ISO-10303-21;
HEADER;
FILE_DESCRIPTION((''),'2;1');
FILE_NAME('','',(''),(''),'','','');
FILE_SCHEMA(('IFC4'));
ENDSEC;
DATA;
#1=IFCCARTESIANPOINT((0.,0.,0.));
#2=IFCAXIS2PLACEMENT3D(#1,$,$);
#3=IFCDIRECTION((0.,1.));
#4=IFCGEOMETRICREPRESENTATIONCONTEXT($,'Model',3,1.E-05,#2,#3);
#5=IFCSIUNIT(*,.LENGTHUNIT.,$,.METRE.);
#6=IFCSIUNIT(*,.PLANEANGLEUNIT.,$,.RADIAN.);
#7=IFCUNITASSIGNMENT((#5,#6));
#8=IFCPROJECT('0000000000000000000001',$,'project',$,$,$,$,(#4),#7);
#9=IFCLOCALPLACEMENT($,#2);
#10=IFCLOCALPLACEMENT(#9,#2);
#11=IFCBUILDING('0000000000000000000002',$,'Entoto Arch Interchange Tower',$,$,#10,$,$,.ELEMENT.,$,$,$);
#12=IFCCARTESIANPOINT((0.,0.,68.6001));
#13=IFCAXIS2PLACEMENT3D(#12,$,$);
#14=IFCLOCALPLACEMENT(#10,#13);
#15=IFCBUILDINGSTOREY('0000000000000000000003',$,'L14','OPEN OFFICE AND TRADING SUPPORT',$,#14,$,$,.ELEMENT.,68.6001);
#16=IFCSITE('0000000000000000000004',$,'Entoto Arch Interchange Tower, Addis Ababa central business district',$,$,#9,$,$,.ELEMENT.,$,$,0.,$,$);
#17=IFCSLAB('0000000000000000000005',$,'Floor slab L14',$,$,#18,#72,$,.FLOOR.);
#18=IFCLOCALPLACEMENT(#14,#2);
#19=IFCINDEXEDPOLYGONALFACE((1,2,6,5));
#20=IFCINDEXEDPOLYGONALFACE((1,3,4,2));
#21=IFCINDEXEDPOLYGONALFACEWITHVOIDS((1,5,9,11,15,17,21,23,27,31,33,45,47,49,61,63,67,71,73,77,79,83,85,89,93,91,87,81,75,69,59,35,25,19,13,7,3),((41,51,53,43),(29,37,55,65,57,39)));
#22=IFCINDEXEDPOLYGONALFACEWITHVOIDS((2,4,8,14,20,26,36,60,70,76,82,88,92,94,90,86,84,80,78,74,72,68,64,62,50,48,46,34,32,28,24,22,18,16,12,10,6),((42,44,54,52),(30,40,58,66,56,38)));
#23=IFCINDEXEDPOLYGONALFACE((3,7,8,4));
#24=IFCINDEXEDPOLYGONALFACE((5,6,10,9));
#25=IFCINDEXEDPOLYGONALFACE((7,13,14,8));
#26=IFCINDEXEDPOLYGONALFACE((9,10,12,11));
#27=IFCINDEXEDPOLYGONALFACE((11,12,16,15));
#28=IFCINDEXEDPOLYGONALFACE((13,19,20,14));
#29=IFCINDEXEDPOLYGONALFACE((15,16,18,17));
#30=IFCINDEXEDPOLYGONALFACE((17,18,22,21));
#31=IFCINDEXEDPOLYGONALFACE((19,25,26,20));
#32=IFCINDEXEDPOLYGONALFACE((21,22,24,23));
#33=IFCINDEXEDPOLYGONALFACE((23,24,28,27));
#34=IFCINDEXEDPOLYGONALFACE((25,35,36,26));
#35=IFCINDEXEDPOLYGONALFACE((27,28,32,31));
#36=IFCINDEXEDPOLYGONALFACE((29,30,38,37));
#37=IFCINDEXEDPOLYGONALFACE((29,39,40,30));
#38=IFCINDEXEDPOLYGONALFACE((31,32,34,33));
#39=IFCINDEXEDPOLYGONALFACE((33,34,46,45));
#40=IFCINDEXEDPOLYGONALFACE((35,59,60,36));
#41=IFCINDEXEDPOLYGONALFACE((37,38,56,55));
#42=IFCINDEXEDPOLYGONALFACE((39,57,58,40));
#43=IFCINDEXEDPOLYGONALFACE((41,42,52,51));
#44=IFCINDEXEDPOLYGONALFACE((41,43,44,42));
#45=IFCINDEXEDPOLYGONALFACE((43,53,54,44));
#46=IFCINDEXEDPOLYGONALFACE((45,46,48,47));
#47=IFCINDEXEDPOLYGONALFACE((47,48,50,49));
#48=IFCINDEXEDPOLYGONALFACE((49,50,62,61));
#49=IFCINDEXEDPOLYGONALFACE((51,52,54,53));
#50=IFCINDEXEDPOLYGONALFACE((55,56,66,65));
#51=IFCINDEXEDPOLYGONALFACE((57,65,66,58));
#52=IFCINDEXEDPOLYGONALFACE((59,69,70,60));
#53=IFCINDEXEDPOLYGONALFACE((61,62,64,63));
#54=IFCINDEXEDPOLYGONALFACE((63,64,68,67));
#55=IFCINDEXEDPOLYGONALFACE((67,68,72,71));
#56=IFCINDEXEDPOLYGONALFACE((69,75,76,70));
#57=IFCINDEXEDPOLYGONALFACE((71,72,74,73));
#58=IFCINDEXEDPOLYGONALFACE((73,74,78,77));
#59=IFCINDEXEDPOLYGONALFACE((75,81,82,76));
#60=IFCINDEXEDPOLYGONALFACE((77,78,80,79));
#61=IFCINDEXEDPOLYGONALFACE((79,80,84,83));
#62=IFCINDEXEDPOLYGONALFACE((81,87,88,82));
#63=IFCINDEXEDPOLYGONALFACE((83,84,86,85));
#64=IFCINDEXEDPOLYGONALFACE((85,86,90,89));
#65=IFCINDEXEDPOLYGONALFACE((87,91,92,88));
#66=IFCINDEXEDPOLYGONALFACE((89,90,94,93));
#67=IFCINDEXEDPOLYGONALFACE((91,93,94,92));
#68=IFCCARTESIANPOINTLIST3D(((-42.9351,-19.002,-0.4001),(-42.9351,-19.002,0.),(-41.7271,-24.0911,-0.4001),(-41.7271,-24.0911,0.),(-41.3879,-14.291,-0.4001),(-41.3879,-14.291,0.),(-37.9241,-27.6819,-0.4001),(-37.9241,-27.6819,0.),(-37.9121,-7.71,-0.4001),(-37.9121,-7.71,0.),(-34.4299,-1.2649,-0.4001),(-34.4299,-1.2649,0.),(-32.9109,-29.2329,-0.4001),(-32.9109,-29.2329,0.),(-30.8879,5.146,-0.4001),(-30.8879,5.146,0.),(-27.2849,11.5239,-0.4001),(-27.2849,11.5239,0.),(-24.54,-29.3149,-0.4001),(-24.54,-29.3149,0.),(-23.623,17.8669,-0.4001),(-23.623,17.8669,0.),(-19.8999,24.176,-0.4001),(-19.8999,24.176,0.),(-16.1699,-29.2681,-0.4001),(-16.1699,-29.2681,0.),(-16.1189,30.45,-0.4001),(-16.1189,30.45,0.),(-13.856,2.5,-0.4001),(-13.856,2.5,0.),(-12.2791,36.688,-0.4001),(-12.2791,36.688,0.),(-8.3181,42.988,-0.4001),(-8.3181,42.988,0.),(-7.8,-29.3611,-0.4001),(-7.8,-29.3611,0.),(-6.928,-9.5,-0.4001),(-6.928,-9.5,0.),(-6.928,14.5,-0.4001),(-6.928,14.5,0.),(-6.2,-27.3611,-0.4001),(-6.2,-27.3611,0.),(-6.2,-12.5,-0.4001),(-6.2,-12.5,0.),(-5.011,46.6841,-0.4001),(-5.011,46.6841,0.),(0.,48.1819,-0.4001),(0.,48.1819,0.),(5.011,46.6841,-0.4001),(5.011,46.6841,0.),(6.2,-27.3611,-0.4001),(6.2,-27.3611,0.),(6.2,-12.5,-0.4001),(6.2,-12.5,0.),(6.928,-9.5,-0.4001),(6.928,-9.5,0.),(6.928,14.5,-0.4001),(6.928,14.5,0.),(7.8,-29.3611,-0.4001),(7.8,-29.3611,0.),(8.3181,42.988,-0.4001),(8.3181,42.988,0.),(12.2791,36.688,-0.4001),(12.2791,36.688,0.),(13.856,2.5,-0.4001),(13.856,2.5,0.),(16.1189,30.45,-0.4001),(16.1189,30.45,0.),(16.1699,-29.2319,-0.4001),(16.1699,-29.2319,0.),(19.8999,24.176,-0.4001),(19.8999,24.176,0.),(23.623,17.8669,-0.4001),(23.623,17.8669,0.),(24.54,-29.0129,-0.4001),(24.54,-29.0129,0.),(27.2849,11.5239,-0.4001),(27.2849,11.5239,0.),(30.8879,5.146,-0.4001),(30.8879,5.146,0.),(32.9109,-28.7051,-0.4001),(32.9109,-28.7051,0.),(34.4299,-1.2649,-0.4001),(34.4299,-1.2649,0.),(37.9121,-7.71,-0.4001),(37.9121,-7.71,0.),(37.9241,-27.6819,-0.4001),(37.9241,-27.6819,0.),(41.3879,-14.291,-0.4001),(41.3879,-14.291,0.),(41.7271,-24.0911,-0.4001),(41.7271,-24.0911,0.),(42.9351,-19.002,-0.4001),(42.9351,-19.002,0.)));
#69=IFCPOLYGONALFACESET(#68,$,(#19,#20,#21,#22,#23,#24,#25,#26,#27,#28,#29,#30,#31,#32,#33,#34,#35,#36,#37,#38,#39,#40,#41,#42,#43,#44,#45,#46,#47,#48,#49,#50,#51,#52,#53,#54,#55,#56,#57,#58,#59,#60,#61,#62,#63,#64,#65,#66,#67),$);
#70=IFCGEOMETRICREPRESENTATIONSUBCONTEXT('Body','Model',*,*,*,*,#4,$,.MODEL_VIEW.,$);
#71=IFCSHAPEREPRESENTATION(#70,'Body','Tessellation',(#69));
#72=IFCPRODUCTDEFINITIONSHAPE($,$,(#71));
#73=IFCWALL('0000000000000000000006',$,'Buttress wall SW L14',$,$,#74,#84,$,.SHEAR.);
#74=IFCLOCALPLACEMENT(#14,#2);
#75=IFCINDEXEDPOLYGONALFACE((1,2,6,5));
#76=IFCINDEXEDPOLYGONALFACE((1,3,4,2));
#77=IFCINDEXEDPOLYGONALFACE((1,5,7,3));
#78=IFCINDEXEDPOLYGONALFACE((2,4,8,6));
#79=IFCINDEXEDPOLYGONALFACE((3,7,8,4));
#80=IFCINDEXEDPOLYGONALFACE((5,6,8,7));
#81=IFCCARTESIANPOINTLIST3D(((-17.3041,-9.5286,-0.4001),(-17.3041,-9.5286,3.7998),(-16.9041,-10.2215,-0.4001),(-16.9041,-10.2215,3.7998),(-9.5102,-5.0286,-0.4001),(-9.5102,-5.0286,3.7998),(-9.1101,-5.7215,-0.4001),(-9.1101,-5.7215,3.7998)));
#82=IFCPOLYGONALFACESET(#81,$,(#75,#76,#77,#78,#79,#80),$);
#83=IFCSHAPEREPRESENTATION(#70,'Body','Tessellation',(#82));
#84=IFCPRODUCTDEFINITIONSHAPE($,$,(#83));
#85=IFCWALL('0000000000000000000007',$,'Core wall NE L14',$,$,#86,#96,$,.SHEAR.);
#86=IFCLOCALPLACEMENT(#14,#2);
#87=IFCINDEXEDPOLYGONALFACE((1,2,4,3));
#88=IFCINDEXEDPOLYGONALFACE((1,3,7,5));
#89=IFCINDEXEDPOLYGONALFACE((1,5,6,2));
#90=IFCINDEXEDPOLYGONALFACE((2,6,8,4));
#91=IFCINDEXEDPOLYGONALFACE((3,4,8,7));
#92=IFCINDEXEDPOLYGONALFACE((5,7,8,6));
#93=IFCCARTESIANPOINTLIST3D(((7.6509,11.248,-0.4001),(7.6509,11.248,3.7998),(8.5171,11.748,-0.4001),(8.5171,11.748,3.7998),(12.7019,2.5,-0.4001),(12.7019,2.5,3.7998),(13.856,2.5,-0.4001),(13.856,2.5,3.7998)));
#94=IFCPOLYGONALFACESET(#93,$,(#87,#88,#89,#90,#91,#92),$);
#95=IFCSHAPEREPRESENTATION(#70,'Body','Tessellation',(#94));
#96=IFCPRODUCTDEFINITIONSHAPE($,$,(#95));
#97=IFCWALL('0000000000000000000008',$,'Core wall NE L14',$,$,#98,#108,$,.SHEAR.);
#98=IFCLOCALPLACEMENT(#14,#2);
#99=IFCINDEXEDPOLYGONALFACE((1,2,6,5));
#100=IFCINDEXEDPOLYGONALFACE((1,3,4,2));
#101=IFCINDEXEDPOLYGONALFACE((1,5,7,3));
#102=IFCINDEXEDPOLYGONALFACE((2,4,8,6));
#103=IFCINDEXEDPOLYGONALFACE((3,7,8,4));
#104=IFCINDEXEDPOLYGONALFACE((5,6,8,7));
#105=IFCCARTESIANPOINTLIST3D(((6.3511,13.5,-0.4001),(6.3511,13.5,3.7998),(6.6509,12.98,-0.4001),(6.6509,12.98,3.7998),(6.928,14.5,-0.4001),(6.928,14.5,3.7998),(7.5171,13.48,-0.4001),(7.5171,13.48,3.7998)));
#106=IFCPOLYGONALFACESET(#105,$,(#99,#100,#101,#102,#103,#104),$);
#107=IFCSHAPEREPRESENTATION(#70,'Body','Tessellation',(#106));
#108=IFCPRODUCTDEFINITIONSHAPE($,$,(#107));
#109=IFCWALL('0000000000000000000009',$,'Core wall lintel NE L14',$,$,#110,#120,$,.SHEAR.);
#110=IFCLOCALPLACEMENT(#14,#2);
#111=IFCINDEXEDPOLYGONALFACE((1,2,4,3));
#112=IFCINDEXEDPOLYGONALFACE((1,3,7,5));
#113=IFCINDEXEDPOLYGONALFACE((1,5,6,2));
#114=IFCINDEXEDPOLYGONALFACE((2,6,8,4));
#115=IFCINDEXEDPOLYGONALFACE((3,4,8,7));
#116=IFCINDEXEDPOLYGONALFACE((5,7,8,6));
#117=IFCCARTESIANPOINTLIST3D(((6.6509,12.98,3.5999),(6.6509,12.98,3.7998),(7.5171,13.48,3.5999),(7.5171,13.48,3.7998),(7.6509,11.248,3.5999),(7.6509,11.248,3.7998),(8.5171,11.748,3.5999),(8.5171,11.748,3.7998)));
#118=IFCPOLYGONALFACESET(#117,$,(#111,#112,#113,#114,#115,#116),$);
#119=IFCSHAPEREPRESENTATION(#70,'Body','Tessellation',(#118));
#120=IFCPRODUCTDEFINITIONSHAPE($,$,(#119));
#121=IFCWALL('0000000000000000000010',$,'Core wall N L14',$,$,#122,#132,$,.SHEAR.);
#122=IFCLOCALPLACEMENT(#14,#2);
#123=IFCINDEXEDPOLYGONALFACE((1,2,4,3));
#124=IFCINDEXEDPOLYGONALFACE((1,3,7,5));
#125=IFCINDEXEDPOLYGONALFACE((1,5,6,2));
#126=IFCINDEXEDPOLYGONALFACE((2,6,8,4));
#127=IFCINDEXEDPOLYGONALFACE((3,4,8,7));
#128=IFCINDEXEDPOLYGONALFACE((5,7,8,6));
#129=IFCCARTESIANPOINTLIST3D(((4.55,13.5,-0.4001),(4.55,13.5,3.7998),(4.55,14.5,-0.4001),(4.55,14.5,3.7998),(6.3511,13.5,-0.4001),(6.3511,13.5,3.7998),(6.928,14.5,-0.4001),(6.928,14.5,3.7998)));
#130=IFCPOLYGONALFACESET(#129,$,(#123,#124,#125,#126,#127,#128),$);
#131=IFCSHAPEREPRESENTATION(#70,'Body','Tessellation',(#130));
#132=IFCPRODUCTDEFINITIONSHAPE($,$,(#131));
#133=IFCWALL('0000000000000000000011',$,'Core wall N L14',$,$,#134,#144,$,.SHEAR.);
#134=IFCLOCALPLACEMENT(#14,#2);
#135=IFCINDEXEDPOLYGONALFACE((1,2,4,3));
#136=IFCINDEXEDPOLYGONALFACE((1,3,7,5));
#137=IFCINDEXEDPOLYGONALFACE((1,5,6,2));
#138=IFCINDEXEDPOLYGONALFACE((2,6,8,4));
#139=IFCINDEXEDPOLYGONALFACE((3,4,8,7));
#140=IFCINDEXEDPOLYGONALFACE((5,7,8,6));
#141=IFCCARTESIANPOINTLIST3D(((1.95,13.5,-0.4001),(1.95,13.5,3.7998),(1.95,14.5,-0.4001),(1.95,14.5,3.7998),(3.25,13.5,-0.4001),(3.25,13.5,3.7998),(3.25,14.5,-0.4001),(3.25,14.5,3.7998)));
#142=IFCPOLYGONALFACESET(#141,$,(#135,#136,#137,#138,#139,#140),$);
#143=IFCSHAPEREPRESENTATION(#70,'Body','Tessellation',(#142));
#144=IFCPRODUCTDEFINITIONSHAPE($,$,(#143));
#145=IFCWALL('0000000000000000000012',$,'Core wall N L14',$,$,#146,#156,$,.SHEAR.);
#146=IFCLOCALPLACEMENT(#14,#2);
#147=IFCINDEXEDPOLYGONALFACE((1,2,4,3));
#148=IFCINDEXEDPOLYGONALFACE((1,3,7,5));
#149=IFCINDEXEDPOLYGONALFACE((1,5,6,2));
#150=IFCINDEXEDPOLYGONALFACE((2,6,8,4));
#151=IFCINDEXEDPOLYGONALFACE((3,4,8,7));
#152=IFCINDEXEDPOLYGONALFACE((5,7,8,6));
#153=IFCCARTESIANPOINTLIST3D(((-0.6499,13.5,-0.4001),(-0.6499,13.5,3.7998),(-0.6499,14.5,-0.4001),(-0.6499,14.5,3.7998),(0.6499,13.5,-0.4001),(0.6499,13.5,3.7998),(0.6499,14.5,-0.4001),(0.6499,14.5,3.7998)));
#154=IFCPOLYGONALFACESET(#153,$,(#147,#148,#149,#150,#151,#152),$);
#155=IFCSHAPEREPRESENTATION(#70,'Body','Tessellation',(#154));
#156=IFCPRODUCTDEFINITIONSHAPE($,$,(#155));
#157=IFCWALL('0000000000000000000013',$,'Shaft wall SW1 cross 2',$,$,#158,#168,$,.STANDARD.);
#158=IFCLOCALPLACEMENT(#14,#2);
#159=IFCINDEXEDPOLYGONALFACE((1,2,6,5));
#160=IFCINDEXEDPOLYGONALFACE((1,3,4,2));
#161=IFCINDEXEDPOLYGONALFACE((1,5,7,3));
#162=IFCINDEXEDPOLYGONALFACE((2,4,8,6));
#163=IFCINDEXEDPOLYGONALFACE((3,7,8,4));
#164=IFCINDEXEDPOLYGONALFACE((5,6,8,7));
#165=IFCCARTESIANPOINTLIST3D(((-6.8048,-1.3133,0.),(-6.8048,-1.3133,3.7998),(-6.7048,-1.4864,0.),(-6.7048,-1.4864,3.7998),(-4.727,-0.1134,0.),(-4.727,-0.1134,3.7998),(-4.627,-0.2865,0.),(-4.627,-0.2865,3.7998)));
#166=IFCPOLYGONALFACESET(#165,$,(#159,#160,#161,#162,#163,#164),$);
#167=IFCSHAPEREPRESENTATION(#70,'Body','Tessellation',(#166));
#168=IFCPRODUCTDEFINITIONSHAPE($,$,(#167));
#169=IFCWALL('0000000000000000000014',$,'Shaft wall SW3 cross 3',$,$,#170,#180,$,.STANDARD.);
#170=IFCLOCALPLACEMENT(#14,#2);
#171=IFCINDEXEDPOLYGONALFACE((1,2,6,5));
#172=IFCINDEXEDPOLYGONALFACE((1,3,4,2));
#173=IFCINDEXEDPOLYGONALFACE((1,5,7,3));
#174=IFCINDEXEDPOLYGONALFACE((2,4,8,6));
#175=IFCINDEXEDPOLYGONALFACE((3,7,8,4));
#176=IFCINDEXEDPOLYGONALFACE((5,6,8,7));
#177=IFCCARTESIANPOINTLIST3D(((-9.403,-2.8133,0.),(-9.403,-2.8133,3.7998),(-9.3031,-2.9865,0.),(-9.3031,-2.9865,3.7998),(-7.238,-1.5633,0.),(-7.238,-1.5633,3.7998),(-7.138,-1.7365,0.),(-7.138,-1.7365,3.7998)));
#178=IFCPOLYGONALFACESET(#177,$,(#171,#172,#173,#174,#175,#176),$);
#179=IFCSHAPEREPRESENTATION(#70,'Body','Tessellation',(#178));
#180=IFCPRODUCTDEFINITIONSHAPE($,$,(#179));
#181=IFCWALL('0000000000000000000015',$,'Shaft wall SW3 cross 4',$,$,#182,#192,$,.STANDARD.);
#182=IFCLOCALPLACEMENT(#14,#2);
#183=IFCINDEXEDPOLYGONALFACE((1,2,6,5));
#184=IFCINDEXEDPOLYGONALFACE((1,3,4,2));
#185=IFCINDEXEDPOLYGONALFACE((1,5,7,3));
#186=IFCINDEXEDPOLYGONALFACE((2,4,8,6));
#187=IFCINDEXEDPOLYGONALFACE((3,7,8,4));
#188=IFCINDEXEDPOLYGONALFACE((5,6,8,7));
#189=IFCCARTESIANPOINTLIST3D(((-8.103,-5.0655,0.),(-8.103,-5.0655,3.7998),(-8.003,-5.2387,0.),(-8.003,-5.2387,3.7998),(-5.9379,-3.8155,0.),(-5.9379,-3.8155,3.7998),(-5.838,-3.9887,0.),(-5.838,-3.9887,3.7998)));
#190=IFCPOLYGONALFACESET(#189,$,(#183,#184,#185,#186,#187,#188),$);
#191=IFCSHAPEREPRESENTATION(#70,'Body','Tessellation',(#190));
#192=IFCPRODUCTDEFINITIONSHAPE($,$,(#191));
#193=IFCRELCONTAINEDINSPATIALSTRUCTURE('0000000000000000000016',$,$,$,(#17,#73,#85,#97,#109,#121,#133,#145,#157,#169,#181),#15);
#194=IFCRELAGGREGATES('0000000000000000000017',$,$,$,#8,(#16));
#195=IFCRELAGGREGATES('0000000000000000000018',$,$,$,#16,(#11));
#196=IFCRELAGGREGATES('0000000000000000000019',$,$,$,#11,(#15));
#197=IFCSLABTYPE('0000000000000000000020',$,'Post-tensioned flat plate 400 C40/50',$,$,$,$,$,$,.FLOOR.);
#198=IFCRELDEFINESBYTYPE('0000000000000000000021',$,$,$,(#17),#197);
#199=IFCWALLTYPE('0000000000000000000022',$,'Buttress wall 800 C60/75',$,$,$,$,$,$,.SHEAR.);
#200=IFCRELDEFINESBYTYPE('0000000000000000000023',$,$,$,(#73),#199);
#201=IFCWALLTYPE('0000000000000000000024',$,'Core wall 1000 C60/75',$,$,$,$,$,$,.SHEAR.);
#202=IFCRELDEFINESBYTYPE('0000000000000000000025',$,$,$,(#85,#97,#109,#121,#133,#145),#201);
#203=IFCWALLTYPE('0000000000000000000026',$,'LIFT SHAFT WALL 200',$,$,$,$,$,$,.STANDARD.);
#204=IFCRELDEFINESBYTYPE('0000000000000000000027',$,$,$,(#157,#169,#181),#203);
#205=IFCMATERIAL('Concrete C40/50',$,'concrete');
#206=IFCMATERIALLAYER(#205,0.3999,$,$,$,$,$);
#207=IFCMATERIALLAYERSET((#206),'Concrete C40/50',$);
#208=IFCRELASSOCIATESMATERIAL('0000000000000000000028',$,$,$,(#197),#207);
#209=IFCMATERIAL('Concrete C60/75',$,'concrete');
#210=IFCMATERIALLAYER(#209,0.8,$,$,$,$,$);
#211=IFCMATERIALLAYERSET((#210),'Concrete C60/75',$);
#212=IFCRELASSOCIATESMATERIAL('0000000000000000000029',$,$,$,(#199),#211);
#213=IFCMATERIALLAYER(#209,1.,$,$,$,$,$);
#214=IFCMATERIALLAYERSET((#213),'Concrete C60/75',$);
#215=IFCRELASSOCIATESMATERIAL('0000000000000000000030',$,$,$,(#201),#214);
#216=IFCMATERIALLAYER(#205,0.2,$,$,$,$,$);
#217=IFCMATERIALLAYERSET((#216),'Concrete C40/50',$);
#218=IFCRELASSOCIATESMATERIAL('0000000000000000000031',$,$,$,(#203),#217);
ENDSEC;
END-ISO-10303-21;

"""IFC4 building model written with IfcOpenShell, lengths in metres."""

from ifc_helpers import new_model, si_unit, direction, frame, frame_2d, origin, place, context, subcontext, project, spatial, polyline, rectangle, outline, extrude, material, layer, layer_set, type_object, element, save


model = new_model("IFC4")

# Units and contexts
model_context = context("Model", 3, precision=1e-05, world=origin(), true_north=direction((0.0, 1.0)))
body_context = subcontext(model_context, "Body", "Model", "MODEL_VIEW")
ifc_project = project(units=[si_unit("LENGTHUNIT", "METRE"), si_unit("PLANEANGLEUNIT", "RADIAN")], contexts=[model_context])

# Site, building, storey
site_placement = place(None, origin())
site = spatial("IfcSite", under=ifc_project, at=site_placement, Name="Entoto Arch Interchange Tower, Addis Ababa central business district", CompositionType="ELEMENT", RefElevation=0.0)
building_placement = place(site_placement, origin())
building = spatial("IfcBuilding", under=site, at=building_placement, Name="Entoto Arch Interchange Tower", CompositionType="ELEMENT")
storey_placement = place(building_placement, frame((0.0, 0.0, 68.6001)))
storey = spatial("IfcBuildingStorey", under=building, at=storey_placement, Name="L14", Description="OPEN OFFICE AND TRADING SUPPORT", CompositionType="ELEMENT", Elevation=68.6001)

# Slab
ifc_material_1 = material(Name="Concrete C40/50", Category="concrete")
ifc_layer_1 = layer(ifc_material_1, 0.3999)
ifc_layer_set_1 = layer_set([ifc_layer_1], Name="Concrete C40/50")
slab_type = type_object("IfcSlabType", Name="Post-tensioned flat plate 400 C40/50", PredefinedType="FLOOR", material=ifc_layer_set_1)
slab_placement = place(storey_placement, frame((0.0, 0.0, -0.4001)))
element("IfcSlab", 1, at=slab_placement, inside=storey, type_object=slab_type, Name="Floor slab L14", PredefinedType="FLOOR", context=body_context, shape_type="SweptSolid", body=[
    extrude(outline(polyline([(-32.9109, -29.2329), (-24.54, -29.3149), (-16.1699, -29.2681), (-7.8, -29.3611), (7.8, -29.3611), (16.1699, -29.2319), (24.54, -29.0129), (32.9109, -28.7051), (37.9241, -27.6819), (41.7271, -24.0911), (42.9351, -19.002), (41.3879, -14.291), (37.9121, -7.71), (34.4299, -1.2649), (30.8879, 5.146), (27.2849, 11.5239), (23.623, 17.8669), (19.8999, 24.176), (16.1189, 30.45), (12.2791, 36.688), (8.3181, 42.988), (5.011, 46.6841), (0.0, 48.1819), (-5.011, 46.6841), (-8.3181, 42.988), (-12.2791, 36.688), (-16.1189, 30.45), (-19.8999, 24.176), (-23.623, 17.8669), (-27.2849, 11.5239), (-30.8879, 5.146), (-34.4299, -1.2649), (-37.9121, -7.71), (-41.3879, -14.291), (-42.9351, -19.002), (-41.7271, -24.0911), (-37.9241, -27.6819), (-32.9109, -29.2329)]), holes=[polyline([(6.2, -27.3611), (6.2, -12.5), (-6.2, -12.5), (-6.2, -27.3611), (6.2, -27.3611)]), polyline([(13.856, 2.5), (6.928, 14.5), (-6.928, 14.5), (-13.856, 2.5), (-6.928, -9.5), (6.928, -9.5), (13.856, 2.5)])]), origin(), (0.0, 0.0, 1.0), 0.4001),
])

# Walls
ifc_material_2 = material(Name="Concrete C60/75", Category="concrete")
ifc_layer_2 = layer(ifc_material_2, 0.8)
ifc_layer_set_2 = layer_set([ifc_layer_2], Name="Concrete C60/75")
wall_type_1 = type_object("IfcWallType", Name="Buttress wall 800 C60/75", PredefinedType="SHEAR", material=ifc_layer_set_2)
wall_1_placement = place(storey_placement, frame((-9.3101, -5.375, -0.4001), z_axis=(0.0, 0.0, 1.0), x_axis=(-0.866018, -0.500014, 0.0)))
element("IfcWall", 2, at=wall_1_placement, inside=storey, type_object=wall_type_1, Name="Buttress wall SW L14", PredefinedType="SHEAR", context=body_context, shape_type="SweptSolid", body=[
    extrude(rectangle(XDim=8.9998, YDim=0.8, at=frame_2d((4.5, 0.0))), origin(), (0.0, 0.0, 1.0), 4.2),
])
ifc_layer_3 = layer(ifc_material_2, 1.0)
ifc_layer_set_3 = layer_set([ifc_layer_3], Name="Concrete C60/75")
wall_type_2 = type_object("IfcWallType", Name="Core wall 1000 C60/75", PredefinedType="SHEAR", material=ifc_layer_set_3)
wall_2_placement = place(storey_placement, frame((0.0, 0.0, -0.4001)))
element("IfcWall", 3, at=wall_2_placement, inside=storey, type_object=wall_type_2, Name="Core wall NE L14", PredefinedType="SHEAR", context=body_context, shape_type="SweptSolid", body=[
    extrude(outline(polyline([(8.5171, 11.748), (7.6509, 11.248), (12.7019, 2.5), (13.856, 2.5), (8.5171, 11.748)])), origin(), (0.0, 0.0, 1.0), 4.2),
])
wall_3_placement = place(storey_placement, frame((0.0, 0.0, -0.4001)))
element("IfcWall", 4, at=wall_3_placement, inside=storey, type_object=wall_type_2, Name="Core wall NE L14", PredefinedType="SHEAR", context=body_context, shape_type="SweptSolid", body=[
    extrude(outline(polyline([(6.6509, 12.98), (7.5171, 13.48), (6.928, 14.5), (6.3511, 13.5), (6.6509, 12.98)])), origin(), (0.0, 0.0, 1.0), 4.2),
])
wall_4_placement = place(storey_placement, frame((0.0, 0.0, 3.5999)))
element("IfcWall", 5, at=wall_4_placement, inside=storey, type_object=wall_type_2, Name="Core wall lintel NE L14", PredefinedType="SHEAR", context=body_context, shape_type="SweptSolid", body=[
    extrude(outline(polyline([(7.5171, 13.48), (6.6509, 12.98), (7.6509, 11.248), (8.5171, 11.748), (7.5171, 13.48)])), origin(), (0.0, 0.0, 1.0), 0.2),
])
wall_5_placement = place(storey_placement, frame((0.0, 0.0, -0.4001)))
element("IfcWall", 6, at=wall_5_placement, inside=storey, type_object=wall_type_2, Name="Core wall N L14", PredefinedType="SHEAR", context=body_context, shape_type="SweptSolid", body=[
    extrude(outline(polyline([(4.55, 14.5), (4.55, 13.5), (6.3511, 13.5), (6.928, 14.5), (4.55, 14.5)])), origin(), (0.0, 0.0, 1.0), 4.2),
])
wall_6_placement = place(storey_placement, frame((0.0, 0.0, -0.4001)))
element("IfcWall", 7, at=wall_6_placement, inside=storey, type_object=wall_type_2, Name="Core wall N L14", PredefinedType="SHEAR", context=body_context, shape_type="SweptSolid", body=[
    extrude(outline(polyline([(1.95, 14.5), (1.95, 13.5), (3.25, 13.5), (3.25, 14.5), (1.95, 14.5)])), origin(), (0.0, 0.0, 1.0), 4.2),
])
wall_7_placement = place(storey_placement, frame((0.0, 0.0, -0.4001)))
element("IfcWall", 8, at=wall_7_placement, inside=storey, type_object=wall_type_2, Name="Core wall N L14", PredefinedType="SHEAR", context=body_context, shape_type="SweptSolid", body=[
    extrude(outline(polyline([(-0.6499, 14.5), (-0.6499, 13.5), (0.6499, 13.5), (0.6499, 14.5), (-0.6499, 14.5)])), origin(), (0.0, 0.0, 1.0), 4.2),
])
ifc_layer_4 = layer(ifc_material_1, 0.2)
ifc_layer_set_4 = layer_set([ifc_layer_4], Name="Concrete C40/50")
wall_type_3 = type_object("IfcWallType", Name="LIFT SHAFT WALL 200", PredefinedType="STANDARD", material=ifc_layer_set_4)
wall_8_placement = place(storey_placement, frame((-4.677, -0.2, 0.0), z_axis=(0.0, 0.0, 1.0), x_axis=(-0.865974, -0.500089, 0.0)))
element("IfcWall", 9, at=wall_8_placement, inside=storey, type_object=wall_type_3, Name="Shaft wall SW1 cross 2", PredefinedType="STANDARD", context=body_context, shape_type="SweptSolid", body=[
    extrude(rectangle(XDim=2.3994, YDim=0.2, at=frame_2d((1.1997, 0.0))), origin(), (0.0, 0.0, 1.0), 3.7998),
])
for number, where, z_axis, x_axis, name in (
    (10, (-7.188, -1.6499, 0.0), (0.0, 0.0, 1.0), (-0.866023, -0.500004, 0.0), "Shaft wall SW3 cross 3"),
    (11, (-5.8879, -3.9021, 0.0), (0.0, 0.0, 1.0), (-0.866023, -0.500004, 0.0), "Shaft wall SW3 cross 4"),
):
    element("IfcWall", number, at=place(storey_placement, frame(where, z_axis=z_axis, x_axis=x_axis)), inside=storey, type_object=wall_type_3, Name=name, PredefinedType="STANDARD", context=body_context, shape_type="SweptSolid", body=[
        extrude(rectangle(XDim=2.5, YDim=0.2, at=frame_2d((1.25, 0.0))), origin(), (0.0, 0.0, 1.0), 3.7998),
    ])

save(model, "model.ifc")
